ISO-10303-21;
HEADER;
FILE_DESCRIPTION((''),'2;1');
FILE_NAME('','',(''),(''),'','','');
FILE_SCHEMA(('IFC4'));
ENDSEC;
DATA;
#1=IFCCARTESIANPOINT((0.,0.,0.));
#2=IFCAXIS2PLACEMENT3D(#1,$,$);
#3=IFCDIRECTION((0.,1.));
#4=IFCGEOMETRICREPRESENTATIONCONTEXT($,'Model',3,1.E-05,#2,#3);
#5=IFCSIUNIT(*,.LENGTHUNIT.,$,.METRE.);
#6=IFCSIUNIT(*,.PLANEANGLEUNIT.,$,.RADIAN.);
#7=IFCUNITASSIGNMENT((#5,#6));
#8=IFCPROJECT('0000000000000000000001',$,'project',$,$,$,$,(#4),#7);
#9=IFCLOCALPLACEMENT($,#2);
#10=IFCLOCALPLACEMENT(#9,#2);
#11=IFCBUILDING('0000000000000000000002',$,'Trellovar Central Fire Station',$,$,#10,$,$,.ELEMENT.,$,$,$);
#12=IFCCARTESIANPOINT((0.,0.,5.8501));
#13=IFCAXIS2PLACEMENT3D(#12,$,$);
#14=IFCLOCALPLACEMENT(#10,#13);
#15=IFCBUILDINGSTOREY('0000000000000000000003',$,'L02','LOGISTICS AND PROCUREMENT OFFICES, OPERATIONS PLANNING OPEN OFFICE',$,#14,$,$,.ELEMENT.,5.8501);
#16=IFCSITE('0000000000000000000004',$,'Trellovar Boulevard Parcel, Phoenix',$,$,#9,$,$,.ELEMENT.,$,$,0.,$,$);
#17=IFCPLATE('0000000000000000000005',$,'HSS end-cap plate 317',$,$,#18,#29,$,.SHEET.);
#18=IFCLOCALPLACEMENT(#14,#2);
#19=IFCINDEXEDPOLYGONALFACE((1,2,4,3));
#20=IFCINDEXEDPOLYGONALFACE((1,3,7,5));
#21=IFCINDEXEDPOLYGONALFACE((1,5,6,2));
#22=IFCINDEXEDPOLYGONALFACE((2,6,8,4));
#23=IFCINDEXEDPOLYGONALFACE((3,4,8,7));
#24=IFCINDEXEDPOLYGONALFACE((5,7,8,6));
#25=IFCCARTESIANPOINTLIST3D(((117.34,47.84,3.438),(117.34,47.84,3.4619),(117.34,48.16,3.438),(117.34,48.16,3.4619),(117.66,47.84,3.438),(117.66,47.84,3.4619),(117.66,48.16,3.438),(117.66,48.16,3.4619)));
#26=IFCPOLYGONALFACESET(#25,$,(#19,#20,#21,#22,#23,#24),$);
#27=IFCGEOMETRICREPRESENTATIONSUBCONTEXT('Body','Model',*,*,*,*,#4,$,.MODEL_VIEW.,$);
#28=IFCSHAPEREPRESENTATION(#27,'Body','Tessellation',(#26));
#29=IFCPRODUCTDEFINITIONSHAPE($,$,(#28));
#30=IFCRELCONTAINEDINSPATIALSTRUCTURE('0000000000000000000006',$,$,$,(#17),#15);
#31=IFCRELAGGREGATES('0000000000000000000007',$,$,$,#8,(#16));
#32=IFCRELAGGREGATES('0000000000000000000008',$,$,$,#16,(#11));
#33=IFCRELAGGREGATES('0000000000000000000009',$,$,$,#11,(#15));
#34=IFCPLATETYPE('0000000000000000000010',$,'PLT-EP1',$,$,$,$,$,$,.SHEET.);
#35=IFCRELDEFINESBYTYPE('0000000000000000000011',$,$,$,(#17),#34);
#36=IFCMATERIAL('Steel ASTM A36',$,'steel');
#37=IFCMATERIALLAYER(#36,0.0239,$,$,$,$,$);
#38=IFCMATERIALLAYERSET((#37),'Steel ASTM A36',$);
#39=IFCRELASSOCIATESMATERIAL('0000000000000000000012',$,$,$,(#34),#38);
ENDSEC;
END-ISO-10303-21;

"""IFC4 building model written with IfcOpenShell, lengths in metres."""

from ifc_helpers import new_model, si_unit, direction, frame, origin, origin_2d, place, context, subcontext, project, spatial, rectangle, extrude, material, layer, layer_set, type_object, element, save


model = new_model("IFC4")

# Units and contexts
model_context = context("Model", 3, precision=1e-05, world=origin(), true_north=direction((0.0, 1.0)))
body_context = subcontext(model_context, "Body", "Model", "MODEL_VIEW")
ifc_project = project(units=[si_unit("LENGTHUNIT", "METRE"), si_unit("PLANEANGLEUNIT", "RADIAN")], contexts=[model_context])

# Site, building, storey
site_placement = place(None, origin())
site = spatial("IfcSite", under=ifc_project, at=site_placement, Name="Trellovar Boulevard Parcel, Phoenix", CompositionType="ELEMENT", RefElevation=0.0)
building_placement = place(site_placement, origin())
building = spatial("IfcBuilding", under=site, at=building_placement, Name="Trellovar Central Fire Station", CompositionType="ELEMENT")
storey_placement = place(building_placement, frame((0.0, 0.0, 5.8501)))
storey = spatial("IfcBuildingStorey", under=building, at=storey_placement, Name="L02", Description="LOGISTICS AND PROCUREMENT OFFICES, OPERATIONS PLANNING OPEN OFFICE", CompositionType="ELEMENT", Elevation=5.8501)

# Plate
ifc_material_1 = material(Name="Steel ASTM A36", Category="steel")
ifc_layer_1 = layer(ifc_material_1, 0.0239)
ifc_layer_set_1 = layer_set([ifc_layer_1], Name="Steel ASTM A36")
plate_type_1 = type_object("IfcPlateType", Name="PLT-EP1", PredefinedType="SHEET", material=ifc_layer_set_1)
for number, where, z_axis, x_axis, name in (
    (1, (117.5, 48.0, 3.438), (0.0, 0.0, 1.0), (1.0, 0.0, 0.0), "HSS end-cap plate 317"),
):
    element("IfcPlate", number, at=place(storey_placement, frame(where, z_axis=z_axis, x_axis=x_axis)), inside=storey, type_object=plate_type_1, Name=name, PredefinedType="SHEET", context=body_context, shape_type="SweptSolid", body=[
        extrude(rectangle(XDim=0.3201, YDim=0.3201, at=origin_2d()), origin(), (0.0, 0.0, 1.0), 0.0239),
    ])

save(model, "model.ifc")
